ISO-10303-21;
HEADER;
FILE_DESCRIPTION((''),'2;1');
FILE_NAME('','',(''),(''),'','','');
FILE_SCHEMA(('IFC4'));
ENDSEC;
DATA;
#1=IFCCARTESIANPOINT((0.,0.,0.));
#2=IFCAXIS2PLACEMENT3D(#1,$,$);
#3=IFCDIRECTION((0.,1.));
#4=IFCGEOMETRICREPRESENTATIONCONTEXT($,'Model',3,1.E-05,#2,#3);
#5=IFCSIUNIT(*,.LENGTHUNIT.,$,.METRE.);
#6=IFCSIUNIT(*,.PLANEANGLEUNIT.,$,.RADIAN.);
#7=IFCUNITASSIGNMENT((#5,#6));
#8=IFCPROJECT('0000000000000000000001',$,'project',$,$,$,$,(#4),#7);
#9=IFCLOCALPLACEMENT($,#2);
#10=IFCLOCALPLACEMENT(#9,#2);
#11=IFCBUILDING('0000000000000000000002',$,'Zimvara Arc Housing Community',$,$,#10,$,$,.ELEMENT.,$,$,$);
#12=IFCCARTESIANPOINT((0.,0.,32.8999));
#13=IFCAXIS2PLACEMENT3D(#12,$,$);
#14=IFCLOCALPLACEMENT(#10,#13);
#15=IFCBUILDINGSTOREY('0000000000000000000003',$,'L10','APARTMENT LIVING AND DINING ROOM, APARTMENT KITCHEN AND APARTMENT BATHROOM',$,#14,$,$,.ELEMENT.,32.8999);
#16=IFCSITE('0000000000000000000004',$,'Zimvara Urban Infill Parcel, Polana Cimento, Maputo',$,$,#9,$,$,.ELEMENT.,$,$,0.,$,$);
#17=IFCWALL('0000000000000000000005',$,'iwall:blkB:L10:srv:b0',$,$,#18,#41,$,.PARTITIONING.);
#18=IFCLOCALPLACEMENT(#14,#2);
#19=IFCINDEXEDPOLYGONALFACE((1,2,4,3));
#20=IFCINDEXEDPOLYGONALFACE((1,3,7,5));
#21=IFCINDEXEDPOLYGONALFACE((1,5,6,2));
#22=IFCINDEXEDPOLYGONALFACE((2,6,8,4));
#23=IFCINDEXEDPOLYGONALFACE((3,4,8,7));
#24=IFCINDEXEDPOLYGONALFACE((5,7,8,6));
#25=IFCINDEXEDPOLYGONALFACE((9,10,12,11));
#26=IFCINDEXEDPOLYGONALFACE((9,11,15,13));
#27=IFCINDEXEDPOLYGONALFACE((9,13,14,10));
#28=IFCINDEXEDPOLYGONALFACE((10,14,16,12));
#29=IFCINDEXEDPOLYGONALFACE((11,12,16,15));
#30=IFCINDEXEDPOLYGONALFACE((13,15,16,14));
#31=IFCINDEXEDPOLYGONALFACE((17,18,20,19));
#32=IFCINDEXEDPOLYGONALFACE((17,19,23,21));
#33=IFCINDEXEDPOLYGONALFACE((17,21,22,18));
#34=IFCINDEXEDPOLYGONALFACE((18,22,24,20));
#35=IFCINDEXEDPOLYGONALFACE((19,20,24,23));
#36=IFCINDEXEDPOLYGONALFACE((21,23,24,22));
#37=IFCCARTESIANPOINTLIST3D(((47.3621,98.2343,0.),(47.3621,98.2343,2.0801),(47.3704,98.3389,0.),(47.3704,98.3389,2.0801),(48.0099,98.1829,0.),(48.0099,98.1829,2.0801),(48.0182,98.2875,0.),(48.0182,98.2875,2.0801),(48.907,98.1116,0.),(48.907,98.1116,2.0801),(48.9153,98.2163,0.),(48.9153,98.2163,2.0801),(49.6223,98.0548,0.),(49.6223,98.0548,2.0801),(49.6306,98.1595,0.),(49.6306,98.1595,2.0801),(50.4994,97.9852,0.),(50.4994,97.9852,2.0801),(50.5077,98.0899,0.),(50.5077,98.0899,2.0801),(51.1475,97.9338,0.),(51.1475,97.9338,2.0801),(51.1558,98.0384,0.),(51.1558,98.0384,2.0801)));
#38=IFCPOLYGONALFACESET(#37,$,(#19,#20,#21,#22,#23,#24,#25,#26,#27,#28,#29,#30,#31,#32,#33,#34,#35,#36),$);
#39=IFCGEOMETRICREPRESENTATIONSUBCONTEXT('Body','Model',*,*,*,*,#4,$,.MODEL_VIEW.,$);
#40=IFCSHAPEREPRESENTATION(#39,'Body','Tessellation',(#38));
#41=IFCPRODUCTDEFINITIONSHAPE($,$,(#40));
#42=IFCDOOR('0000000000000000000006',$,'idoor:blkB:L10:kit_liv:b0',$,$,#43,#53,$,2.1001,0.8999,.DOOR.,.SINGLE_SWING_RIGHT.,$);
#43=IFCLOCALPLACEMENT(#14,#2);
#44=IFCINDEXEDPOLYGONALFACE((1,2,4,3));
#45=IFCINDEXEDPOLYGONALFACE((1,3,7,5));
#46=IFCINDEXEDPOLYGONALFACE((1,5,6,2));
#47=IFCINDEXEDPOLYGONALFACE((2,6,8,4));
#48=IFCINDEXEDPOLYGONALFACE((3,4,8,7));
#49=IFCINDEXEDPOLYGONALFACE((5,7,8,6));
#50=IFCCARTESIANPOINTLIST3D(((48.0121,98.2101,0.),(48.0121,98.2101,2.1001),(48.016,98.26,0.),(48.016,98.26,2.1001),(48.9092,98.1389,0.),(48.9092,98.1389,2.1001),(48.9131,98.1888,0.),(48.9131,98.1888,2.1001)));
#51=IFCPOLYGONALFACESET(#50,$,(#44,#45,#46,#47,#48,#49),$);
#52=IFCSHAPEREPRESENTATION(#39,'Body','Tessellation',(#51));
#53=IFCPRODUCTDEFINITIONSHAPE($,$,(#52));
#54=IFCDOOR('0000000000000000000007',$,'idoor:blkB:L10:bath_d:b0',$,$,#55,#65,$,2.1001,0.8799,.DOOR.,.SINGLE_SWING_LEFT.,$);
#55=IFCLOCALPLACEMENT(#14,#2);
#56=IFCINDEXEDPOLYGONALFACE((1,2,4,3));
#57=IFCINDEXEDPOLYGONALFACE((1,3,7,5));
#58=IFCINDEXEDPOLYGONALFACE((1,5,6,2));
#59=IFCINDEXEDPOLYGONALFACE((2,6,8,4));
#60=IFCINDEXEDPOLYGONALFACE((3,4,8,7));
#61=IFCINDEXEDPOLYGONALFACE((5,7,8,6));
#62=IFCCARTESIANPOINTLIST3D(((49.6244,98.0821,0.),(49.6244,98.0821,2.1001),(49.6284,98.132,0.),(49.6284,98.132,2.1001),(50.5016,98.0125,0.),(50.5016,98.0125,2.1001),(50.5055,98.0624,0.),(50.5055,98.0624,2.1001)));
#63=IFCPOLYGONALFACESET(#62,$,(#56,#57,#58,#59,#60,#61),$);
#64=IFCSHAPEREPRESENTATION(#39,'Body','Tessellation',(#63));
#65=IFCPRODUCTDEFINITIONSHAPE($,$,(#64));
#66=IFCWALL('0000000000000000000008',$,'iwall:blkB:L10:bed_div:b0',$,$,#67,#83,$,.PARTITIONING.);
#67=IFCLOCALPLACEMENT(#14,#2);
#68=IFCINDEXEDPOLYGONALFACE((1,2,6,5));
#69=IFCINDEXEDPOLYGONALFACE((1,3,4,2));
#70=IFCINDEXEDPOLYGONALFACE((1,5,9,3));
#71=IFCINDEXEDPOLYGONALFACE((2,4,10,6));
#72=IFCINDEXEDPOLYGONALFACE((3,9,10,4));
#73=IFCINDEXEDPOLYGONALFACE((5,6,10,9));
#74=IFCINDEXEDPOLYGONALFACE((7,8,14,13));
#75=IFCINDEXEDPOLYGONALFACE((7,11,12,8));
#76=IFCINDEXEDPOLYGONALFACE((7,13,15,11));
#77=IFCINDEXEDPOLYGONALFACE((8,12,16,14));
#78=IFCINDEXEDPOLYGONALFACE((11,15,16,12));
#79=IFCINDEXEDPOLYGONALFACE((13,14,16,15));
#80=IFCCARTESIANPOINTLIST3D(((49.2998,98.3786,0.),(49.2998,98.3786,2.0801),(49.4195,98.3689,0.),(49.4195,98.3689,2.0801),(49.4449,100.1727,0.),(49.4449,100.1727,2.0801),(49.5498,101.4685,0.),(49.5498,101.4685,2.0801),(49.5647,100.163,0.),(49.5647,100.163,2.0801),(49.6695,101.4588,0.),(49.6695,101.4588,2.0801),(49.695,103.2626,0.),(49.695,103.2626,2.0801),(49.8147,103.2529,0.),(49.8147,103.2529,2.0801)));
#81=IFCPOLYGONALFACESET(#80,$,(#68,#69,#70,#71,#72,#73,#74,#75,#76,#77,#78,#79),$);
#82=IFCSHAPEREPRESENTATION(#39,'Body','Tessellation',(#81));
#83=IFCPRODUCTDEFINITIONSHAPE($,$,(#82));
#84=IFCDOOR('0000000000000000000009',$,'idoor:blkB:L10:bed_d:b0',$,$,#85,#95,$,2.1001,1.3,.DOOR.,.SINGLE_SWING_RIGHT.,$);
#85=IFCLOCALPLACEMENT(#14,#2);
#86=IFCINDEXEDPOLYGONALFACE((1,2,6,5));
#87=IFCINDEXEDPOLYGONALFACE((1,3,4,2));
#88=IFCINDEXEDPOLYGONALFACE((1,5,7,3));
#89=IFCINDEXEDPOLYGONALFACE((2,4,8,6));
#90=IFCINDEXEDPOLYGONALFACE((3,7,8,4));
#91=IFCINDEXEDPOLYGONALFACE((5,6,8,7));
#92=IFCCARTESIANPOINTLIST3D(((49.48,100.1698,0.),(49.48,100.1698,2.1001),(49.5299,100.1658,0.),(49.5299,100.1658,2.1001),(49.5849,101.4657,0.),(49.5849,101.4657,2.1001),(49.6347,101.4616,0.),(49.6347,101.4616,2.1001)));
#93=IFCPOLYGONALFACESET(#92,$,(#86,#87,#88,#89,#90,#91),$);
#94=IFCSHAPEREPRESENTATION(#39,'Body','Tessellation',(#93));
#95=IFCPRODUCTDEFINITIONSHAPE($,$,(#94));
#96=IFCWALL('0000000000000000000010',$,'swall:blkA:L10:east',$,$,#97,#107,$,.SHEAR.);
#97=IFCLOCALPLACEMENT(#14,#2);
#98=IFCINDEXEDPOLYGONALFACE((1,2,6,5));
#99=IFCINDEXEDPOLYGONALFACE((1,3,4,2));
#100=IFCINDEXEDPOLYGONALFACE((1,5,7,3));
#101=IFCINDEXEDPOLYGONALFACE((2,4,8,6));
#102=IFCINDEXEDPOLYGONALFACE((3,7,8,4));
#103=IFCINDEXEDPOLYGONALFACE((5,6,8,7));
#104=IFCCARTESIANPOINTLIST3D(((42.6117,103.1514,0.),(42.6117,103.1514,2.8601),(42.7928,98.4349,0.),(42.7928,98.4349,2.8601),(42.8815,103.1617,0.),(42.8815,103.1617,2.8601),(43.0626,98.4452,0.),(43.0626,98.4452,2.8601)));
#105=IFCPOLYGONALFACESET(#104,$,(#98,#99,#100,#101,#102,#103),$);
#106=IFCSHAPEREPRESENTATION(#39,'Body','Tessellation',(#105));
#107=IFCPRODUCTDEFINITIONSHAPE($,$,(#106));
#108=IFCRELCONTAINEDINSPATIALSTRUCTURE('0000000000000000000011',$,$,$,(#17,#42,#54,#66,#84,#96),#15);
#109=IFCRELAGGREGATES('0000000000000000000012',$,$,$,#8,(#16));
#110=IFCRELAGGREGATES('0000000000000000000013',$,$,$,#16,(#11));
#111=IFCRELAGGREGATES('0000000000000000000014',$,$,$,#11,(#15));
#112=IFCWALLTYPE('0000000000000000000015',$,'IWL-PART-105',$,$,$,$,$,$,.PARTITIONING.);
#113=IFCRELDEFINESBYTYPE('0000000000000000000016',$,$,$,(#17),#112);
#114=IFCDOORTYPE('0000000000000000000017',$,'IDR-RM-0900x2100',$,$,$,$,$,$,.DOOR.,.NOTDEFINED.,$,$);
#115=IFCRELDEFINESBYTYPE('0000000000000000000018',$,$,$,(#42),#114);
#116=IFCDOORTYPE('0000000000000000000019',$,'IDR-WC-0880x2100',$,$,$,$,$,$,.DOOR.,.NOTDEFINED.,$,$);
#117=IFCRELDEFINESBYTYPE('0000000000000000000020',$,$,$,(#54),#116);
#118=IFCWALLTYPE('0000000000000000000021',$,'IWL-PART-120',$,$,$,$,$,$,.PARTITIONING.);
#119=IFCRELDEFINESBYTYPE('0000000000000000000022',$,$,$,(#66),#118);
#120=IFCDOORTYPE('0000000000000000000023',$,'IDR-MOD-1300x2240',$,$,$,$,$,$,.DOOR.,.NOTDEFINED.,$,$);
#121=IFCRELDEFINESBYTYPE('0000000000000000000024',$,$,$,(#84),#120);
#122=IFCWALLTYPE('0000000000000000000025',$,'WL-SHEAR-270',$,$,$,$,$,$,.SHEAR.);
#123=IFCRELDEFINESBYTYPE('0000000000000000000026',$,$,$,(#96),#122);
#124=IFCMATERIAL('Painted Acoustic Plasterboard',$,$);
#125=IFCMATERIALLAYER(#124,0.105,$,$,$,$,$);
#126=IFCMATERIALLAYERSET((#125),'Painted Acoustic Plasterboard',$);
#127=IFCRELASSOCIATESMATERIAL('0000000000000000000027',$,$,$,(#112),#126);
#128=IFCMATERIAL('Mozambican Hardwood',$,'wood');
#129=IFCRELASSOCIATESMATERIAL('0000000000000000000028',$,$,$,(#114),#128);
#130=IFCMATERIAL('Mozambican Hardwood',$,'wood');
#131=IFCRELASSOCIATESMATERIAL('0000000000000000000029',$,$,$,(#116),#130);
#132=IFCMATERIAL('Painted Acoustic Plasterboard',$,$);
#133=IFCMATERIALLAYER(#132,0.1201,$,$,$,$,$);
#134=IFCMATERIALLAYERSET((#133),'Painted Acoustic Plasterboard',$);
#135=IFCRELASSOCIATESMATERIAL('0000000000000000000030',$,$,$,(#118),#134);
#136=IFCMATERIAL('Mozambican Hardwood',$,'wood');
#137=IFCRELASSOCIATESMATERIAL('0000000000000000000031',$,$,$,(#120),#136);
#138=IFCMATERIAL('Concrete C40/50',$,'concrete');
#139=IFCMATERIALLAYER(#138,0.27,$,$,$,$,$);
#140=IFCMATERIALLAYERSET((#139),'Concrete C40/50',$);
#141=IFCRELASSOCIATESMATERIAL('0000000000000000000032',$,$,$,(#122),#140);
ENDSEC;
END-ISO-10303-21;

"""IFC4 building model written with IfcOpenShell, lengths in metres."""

from ifc_helpers import new_model, si_unit, direction, frame, frame_2d, origin, place, context, subcontext, project, spatial, rectangle, extrude, material, layer, layer_set, type_object, element, fill, save


model = new_model("IFC4")

# Units and contexts
model_context = context("Model", 3, precision=1e-05, world=origin(), true_north=direction((0.0, 1.0)))
body_context = subcontext(model_context, "Body", "Model", "MODEL_VIEW")
ifc_project = project(units=[si_unit("LENGTHUNIT", "METRE"), si_unit("PLANEANGLEUNIT", "RADIAN")], contexts=[model_context])

# Site, building, storey
site_placement = place(None, origin())
site = spatial("IfcSite", under=ifc_project, at=site_placement, Name="Zimvara Urban Infill Parcel, Polana Cimento, Maputo", CompositionType="ELEMENT", RefElevation=0.0)
building_placement = place(site_placement, origin())
building = spatial("IfcBuilding", under=site, at=building_placement, Name="Zimvara Arc Housing Community", CompositionType="ELEMENT")
storey_placement = place(building_placement, frame((0.0, 0.0, 32.8999)))
storey = spatial("IfcBuildingStorey", under=building, at=storey_placement, Name="L10", Description="APARTMENT LIVING AND DINING ROOM, APARTMENT KITCHEN AND APARTMENT BATHROOM", CompositionType="ELEMENT", Elevation=32.8999)

# Wall, openings, doors
ifc_material_1 = material(Name="Painted Acoustic Plasterboard")
ifc_layer_1 = layer(ifc_material_1, 0.105)
ifc_layer_set_1 = layer_set([ifc_layer_1], Name="Painted Acoustic Plasterboard")
wall_type_1 = type_object("IfcWallType", Name="IWL-PART-105", PredefinedType="PARTITIONING", material=ifc_layer_set_1)
wall_1_placement = place(storey_placement, frame((47.3662, 98.2866, 0.0), z_axis=(0.0, 0.0, 1.0), x_axis=(0.996863, -0.079145, 0.0)))
wall_1 = element("IfcWall", 1, at=wall_1_placement, inside=storey, type_object=wall_type_1, Name="iwall:blkB:L10:srv:b0", PredefinedType="PARTITIONING", context=body_context, shape_type="SweptSolid", body=[
    extrude(rectangle(XDim=3.7974, YDim=0.105, at=frame_2d((1.8987, 0.0))), origin(), (0.0, 0.0, 1.0), 2.0801),
])
opening_1_placement = place(wall_1_placement, frame((0.6499, 0.0, 0.0)))
opening_1 = element("IfcOpeningElement", 2, at=opening_1_placement, cuts=wall_1, PredefinedType="OPENING", context=body_context, shape_type="SweptSolid", body=[
    extrude(rectangle(XDim=0.8999, YDim=2.1001, at=frame_2d((0.45, 1.05))), frame((0.0, 0.0625, 0.0), z_axis=(0.0, -1.0, 0.0), x_axis=(1.0, 0.0, 0.0)), (0.0, 0.0, 1.0), 0.125),
])
opening_2_placement = place(wall_1_placement, frame((2.2673, 0.0, 0.0)))
opening_2 = element("IfcOpeningElement", 3, at=opening_2_placement, cuts=wall_1, PredefinedType="OPENING", context=body_context, shape_type="SweptSolid", body=[
    extrude(rectangle(XDim=0.8799, YDim=2.1001, at=frame_2d((0.4399, 1.05))), frame((0.0, 0.0625, 0.0), z_axis=(0.0, -1.0, 0.0), x_axis=(1.0, 0.0, 0.0)), (0.0, 0.0, 1.0), 0.125),
])
ifc_material_2 = material(Name="Mozambican Hardwood", Category="wood")
door_type_1 = type_object("IfcDoorType", Name="IDR-RM-0900x2100", OperationType="NOTDEFINED", PredefinedType="DOOR", material=ifc_material_2)
door_1_placement = place(opening_1_placement, origin())
door_1 = element("IfcDoor", 4, at=door_1_placement, inside=storey, type_object=door_type_1, Name="idoor:blkB:L10:kit_liv:b0", OperationType="SINGLE_SWING_RIGHT", OverallHeight=2.1001, OverallWidth=0.8999, PredefinedType="DOOR", context=body_context, shape_type="SweptSolid", body=[
    extrude(rectangle(XDim=0.8999, YDim=2.1001, at=frame_2d((0.45, 1.05))), frame((0.0, 0.0249, 0.0), z_axis=(0.0, -1.0, 0.0), x_axis=(1.0, 0.0, 0.0)), (0.0, 0.0, 1.0), 0.05),
])
fill(opening_1, door_1)
ifc_material_3 = material(Name="Mozambican Hardwood", Category="wood")
door_type_2 = type_object("IfcDoorType", Name="IDR-WC-0880x2100", OperationType="NOTDEFINED", PredefinedType="DOOR", material=ifc_material_3)
door_2_placement = place(opening_2_placement, origin())
door_2 = element("IfcDoor", 5, at=door_2_placement, inside=storey, type_object=door_type_2, Name="idoor:blkB:L10:bath_d:b0", OperationType="SINGLE_SWING_LEFT", OverallHeight=2.1001, OverallWidth=0.8799, PredefinedType="DOOR", context=body_context, shape_type="SweptSolid", body=[
    extrude(rectangle(XDim=0.8799, YDim=2.1001, at=frame_2d((0.4399, 1.05))), frame((0.0, 0.0249, 0.0), z_axis=(0.0, -1.0, 0.0), x_axis=(1.0, 0.0, 0.0)), (0.0, 0.0, 1.0), 0.05),
])
fill(opening_2, door_2)

# Wall, opening, door
ifc_material_4 = material(Name="Painted Acoustic Plasterboard")
ifc_layer_2 = layer(ifc_material_4, 0.1201)
ifc_layer_set_2 = layer_set([ifc_layer_2], Name="Painted Acoustic Plasterboard")
wall_type_2 = type_object("IfcWallType", Name="IWL-PART-120", PredefinedType="PARTITIONING", material=ifc_layer_set_2)
wall_2_placement = place(storey_placement, frame((49.3596, 98.3738, 0.0), z_axis=(0.0, 0.0, 1.0), x_axis=(0.080666, 0.996741, 0.0)))
wall_2 = element("IfcWall", 6, at=wall_2_placement, inside=storey, type_object=wall_type_2, Name="iwall:blkB:L10:bed_div:b0", PredefinedType="PARTITIONING", context=body_context, shape_type="SweptSolid", body=[
    extrude(rectangle(XDim=4.8999, YDim=0.1201, at=frame_2d((2.45, 0.0))), origin(), (0.0, 0.0, 1.0), 2.0801),
])
opening_3_placement = place(wall_2_placement, frame((1.8, 0.0, 0.0)))
opening_3 = element("IfcOpeningElement", 7, at=opening_3_placement, cuts=wall_2, PredefinedType="OPENING", context=body_context, shape_type="SweptSolid", body=[
    extrude(rectangle(XDim=1.3, YDim=2.1001, at=frame_2d((0.6499, 1.05))), frame((0.0, 0.0701, 0.0), z_axis=(0.0, -1.0, 0.0), x_axis=(1.0, 0.0, 0.0)), (0.0, 0.0, 1.0), 0.1401),
])
ifc_material_5 = material(Name="Mozambican Hardwood", Category="wood")
door_type_3 = type_object("IfcDoorType", Name="IDR-MOD-1300x2240", OperationType="NOTDEFINED", PredefinedType="DOOR", material=ifc_material_5)
door_3_placement = place(opening_3_placement, origin())
door_3 = element("IfcDoor", 8, at=door_3_placement, inside=storey, type_object=door_type_3, Name="idoor:blkB:L10:bed_d:b0", OperationType="SINGLE_SWING_RIGHT", OverallHeight=2.1001, OverallWidth=1.3, PredefinedType="DOOR", context=body_context, shape_type="SweptSolid", body=[
    extrude(rectangle(XDim=1.3, YDim=2.1001, at=frame_2d((0.6499, 1.05))), frame((0.0, 0.0249, 0.0), z_axis=(0.0, -1.0, 0.0), x_axis=(1.0, 0.0, 0.0)), (0.0, 0.0, 1.0), 0.05),
])
fill(opening_3, door_3)

# Wall
ifc_material_6 = material(Name="Concrete C40/50", Category="concrete")
ifc_layer_3 = layer(ifc_material_6, 0.27)
ifc_layer_set_3 = layer_set([ifc_layer_3], Name="Concrete C40/50")
wall_type_3 = type_object("IfcWallType", Name="WL-SHEAR-270", PredefinedType="SHEAR", material=ifc_layer_set_3)
wall_3_placement = place(storey_placement, frame((42.9277, 98.4402, 0.0), z_axis=(0.0, 0.0, 1.0), x_axis=(-0.038379, 0.999263, 0.0)))
element("IfcWall", 9, at=wall_3_placement, inside=storey, type_object=wall_type_3, Name="swall:blkA:L10:east", PredefinedType="SHEAR", context=body_context, shape_type="SweptSolid", body=[
    extrude(rectangle(XDim=4.72, YDim=0.27, at=frame_2d((2.3599, 0.0))), origin(), (0.0, 0.0, 1.0), 2.8601),
])

save(model, "model.ifc")
